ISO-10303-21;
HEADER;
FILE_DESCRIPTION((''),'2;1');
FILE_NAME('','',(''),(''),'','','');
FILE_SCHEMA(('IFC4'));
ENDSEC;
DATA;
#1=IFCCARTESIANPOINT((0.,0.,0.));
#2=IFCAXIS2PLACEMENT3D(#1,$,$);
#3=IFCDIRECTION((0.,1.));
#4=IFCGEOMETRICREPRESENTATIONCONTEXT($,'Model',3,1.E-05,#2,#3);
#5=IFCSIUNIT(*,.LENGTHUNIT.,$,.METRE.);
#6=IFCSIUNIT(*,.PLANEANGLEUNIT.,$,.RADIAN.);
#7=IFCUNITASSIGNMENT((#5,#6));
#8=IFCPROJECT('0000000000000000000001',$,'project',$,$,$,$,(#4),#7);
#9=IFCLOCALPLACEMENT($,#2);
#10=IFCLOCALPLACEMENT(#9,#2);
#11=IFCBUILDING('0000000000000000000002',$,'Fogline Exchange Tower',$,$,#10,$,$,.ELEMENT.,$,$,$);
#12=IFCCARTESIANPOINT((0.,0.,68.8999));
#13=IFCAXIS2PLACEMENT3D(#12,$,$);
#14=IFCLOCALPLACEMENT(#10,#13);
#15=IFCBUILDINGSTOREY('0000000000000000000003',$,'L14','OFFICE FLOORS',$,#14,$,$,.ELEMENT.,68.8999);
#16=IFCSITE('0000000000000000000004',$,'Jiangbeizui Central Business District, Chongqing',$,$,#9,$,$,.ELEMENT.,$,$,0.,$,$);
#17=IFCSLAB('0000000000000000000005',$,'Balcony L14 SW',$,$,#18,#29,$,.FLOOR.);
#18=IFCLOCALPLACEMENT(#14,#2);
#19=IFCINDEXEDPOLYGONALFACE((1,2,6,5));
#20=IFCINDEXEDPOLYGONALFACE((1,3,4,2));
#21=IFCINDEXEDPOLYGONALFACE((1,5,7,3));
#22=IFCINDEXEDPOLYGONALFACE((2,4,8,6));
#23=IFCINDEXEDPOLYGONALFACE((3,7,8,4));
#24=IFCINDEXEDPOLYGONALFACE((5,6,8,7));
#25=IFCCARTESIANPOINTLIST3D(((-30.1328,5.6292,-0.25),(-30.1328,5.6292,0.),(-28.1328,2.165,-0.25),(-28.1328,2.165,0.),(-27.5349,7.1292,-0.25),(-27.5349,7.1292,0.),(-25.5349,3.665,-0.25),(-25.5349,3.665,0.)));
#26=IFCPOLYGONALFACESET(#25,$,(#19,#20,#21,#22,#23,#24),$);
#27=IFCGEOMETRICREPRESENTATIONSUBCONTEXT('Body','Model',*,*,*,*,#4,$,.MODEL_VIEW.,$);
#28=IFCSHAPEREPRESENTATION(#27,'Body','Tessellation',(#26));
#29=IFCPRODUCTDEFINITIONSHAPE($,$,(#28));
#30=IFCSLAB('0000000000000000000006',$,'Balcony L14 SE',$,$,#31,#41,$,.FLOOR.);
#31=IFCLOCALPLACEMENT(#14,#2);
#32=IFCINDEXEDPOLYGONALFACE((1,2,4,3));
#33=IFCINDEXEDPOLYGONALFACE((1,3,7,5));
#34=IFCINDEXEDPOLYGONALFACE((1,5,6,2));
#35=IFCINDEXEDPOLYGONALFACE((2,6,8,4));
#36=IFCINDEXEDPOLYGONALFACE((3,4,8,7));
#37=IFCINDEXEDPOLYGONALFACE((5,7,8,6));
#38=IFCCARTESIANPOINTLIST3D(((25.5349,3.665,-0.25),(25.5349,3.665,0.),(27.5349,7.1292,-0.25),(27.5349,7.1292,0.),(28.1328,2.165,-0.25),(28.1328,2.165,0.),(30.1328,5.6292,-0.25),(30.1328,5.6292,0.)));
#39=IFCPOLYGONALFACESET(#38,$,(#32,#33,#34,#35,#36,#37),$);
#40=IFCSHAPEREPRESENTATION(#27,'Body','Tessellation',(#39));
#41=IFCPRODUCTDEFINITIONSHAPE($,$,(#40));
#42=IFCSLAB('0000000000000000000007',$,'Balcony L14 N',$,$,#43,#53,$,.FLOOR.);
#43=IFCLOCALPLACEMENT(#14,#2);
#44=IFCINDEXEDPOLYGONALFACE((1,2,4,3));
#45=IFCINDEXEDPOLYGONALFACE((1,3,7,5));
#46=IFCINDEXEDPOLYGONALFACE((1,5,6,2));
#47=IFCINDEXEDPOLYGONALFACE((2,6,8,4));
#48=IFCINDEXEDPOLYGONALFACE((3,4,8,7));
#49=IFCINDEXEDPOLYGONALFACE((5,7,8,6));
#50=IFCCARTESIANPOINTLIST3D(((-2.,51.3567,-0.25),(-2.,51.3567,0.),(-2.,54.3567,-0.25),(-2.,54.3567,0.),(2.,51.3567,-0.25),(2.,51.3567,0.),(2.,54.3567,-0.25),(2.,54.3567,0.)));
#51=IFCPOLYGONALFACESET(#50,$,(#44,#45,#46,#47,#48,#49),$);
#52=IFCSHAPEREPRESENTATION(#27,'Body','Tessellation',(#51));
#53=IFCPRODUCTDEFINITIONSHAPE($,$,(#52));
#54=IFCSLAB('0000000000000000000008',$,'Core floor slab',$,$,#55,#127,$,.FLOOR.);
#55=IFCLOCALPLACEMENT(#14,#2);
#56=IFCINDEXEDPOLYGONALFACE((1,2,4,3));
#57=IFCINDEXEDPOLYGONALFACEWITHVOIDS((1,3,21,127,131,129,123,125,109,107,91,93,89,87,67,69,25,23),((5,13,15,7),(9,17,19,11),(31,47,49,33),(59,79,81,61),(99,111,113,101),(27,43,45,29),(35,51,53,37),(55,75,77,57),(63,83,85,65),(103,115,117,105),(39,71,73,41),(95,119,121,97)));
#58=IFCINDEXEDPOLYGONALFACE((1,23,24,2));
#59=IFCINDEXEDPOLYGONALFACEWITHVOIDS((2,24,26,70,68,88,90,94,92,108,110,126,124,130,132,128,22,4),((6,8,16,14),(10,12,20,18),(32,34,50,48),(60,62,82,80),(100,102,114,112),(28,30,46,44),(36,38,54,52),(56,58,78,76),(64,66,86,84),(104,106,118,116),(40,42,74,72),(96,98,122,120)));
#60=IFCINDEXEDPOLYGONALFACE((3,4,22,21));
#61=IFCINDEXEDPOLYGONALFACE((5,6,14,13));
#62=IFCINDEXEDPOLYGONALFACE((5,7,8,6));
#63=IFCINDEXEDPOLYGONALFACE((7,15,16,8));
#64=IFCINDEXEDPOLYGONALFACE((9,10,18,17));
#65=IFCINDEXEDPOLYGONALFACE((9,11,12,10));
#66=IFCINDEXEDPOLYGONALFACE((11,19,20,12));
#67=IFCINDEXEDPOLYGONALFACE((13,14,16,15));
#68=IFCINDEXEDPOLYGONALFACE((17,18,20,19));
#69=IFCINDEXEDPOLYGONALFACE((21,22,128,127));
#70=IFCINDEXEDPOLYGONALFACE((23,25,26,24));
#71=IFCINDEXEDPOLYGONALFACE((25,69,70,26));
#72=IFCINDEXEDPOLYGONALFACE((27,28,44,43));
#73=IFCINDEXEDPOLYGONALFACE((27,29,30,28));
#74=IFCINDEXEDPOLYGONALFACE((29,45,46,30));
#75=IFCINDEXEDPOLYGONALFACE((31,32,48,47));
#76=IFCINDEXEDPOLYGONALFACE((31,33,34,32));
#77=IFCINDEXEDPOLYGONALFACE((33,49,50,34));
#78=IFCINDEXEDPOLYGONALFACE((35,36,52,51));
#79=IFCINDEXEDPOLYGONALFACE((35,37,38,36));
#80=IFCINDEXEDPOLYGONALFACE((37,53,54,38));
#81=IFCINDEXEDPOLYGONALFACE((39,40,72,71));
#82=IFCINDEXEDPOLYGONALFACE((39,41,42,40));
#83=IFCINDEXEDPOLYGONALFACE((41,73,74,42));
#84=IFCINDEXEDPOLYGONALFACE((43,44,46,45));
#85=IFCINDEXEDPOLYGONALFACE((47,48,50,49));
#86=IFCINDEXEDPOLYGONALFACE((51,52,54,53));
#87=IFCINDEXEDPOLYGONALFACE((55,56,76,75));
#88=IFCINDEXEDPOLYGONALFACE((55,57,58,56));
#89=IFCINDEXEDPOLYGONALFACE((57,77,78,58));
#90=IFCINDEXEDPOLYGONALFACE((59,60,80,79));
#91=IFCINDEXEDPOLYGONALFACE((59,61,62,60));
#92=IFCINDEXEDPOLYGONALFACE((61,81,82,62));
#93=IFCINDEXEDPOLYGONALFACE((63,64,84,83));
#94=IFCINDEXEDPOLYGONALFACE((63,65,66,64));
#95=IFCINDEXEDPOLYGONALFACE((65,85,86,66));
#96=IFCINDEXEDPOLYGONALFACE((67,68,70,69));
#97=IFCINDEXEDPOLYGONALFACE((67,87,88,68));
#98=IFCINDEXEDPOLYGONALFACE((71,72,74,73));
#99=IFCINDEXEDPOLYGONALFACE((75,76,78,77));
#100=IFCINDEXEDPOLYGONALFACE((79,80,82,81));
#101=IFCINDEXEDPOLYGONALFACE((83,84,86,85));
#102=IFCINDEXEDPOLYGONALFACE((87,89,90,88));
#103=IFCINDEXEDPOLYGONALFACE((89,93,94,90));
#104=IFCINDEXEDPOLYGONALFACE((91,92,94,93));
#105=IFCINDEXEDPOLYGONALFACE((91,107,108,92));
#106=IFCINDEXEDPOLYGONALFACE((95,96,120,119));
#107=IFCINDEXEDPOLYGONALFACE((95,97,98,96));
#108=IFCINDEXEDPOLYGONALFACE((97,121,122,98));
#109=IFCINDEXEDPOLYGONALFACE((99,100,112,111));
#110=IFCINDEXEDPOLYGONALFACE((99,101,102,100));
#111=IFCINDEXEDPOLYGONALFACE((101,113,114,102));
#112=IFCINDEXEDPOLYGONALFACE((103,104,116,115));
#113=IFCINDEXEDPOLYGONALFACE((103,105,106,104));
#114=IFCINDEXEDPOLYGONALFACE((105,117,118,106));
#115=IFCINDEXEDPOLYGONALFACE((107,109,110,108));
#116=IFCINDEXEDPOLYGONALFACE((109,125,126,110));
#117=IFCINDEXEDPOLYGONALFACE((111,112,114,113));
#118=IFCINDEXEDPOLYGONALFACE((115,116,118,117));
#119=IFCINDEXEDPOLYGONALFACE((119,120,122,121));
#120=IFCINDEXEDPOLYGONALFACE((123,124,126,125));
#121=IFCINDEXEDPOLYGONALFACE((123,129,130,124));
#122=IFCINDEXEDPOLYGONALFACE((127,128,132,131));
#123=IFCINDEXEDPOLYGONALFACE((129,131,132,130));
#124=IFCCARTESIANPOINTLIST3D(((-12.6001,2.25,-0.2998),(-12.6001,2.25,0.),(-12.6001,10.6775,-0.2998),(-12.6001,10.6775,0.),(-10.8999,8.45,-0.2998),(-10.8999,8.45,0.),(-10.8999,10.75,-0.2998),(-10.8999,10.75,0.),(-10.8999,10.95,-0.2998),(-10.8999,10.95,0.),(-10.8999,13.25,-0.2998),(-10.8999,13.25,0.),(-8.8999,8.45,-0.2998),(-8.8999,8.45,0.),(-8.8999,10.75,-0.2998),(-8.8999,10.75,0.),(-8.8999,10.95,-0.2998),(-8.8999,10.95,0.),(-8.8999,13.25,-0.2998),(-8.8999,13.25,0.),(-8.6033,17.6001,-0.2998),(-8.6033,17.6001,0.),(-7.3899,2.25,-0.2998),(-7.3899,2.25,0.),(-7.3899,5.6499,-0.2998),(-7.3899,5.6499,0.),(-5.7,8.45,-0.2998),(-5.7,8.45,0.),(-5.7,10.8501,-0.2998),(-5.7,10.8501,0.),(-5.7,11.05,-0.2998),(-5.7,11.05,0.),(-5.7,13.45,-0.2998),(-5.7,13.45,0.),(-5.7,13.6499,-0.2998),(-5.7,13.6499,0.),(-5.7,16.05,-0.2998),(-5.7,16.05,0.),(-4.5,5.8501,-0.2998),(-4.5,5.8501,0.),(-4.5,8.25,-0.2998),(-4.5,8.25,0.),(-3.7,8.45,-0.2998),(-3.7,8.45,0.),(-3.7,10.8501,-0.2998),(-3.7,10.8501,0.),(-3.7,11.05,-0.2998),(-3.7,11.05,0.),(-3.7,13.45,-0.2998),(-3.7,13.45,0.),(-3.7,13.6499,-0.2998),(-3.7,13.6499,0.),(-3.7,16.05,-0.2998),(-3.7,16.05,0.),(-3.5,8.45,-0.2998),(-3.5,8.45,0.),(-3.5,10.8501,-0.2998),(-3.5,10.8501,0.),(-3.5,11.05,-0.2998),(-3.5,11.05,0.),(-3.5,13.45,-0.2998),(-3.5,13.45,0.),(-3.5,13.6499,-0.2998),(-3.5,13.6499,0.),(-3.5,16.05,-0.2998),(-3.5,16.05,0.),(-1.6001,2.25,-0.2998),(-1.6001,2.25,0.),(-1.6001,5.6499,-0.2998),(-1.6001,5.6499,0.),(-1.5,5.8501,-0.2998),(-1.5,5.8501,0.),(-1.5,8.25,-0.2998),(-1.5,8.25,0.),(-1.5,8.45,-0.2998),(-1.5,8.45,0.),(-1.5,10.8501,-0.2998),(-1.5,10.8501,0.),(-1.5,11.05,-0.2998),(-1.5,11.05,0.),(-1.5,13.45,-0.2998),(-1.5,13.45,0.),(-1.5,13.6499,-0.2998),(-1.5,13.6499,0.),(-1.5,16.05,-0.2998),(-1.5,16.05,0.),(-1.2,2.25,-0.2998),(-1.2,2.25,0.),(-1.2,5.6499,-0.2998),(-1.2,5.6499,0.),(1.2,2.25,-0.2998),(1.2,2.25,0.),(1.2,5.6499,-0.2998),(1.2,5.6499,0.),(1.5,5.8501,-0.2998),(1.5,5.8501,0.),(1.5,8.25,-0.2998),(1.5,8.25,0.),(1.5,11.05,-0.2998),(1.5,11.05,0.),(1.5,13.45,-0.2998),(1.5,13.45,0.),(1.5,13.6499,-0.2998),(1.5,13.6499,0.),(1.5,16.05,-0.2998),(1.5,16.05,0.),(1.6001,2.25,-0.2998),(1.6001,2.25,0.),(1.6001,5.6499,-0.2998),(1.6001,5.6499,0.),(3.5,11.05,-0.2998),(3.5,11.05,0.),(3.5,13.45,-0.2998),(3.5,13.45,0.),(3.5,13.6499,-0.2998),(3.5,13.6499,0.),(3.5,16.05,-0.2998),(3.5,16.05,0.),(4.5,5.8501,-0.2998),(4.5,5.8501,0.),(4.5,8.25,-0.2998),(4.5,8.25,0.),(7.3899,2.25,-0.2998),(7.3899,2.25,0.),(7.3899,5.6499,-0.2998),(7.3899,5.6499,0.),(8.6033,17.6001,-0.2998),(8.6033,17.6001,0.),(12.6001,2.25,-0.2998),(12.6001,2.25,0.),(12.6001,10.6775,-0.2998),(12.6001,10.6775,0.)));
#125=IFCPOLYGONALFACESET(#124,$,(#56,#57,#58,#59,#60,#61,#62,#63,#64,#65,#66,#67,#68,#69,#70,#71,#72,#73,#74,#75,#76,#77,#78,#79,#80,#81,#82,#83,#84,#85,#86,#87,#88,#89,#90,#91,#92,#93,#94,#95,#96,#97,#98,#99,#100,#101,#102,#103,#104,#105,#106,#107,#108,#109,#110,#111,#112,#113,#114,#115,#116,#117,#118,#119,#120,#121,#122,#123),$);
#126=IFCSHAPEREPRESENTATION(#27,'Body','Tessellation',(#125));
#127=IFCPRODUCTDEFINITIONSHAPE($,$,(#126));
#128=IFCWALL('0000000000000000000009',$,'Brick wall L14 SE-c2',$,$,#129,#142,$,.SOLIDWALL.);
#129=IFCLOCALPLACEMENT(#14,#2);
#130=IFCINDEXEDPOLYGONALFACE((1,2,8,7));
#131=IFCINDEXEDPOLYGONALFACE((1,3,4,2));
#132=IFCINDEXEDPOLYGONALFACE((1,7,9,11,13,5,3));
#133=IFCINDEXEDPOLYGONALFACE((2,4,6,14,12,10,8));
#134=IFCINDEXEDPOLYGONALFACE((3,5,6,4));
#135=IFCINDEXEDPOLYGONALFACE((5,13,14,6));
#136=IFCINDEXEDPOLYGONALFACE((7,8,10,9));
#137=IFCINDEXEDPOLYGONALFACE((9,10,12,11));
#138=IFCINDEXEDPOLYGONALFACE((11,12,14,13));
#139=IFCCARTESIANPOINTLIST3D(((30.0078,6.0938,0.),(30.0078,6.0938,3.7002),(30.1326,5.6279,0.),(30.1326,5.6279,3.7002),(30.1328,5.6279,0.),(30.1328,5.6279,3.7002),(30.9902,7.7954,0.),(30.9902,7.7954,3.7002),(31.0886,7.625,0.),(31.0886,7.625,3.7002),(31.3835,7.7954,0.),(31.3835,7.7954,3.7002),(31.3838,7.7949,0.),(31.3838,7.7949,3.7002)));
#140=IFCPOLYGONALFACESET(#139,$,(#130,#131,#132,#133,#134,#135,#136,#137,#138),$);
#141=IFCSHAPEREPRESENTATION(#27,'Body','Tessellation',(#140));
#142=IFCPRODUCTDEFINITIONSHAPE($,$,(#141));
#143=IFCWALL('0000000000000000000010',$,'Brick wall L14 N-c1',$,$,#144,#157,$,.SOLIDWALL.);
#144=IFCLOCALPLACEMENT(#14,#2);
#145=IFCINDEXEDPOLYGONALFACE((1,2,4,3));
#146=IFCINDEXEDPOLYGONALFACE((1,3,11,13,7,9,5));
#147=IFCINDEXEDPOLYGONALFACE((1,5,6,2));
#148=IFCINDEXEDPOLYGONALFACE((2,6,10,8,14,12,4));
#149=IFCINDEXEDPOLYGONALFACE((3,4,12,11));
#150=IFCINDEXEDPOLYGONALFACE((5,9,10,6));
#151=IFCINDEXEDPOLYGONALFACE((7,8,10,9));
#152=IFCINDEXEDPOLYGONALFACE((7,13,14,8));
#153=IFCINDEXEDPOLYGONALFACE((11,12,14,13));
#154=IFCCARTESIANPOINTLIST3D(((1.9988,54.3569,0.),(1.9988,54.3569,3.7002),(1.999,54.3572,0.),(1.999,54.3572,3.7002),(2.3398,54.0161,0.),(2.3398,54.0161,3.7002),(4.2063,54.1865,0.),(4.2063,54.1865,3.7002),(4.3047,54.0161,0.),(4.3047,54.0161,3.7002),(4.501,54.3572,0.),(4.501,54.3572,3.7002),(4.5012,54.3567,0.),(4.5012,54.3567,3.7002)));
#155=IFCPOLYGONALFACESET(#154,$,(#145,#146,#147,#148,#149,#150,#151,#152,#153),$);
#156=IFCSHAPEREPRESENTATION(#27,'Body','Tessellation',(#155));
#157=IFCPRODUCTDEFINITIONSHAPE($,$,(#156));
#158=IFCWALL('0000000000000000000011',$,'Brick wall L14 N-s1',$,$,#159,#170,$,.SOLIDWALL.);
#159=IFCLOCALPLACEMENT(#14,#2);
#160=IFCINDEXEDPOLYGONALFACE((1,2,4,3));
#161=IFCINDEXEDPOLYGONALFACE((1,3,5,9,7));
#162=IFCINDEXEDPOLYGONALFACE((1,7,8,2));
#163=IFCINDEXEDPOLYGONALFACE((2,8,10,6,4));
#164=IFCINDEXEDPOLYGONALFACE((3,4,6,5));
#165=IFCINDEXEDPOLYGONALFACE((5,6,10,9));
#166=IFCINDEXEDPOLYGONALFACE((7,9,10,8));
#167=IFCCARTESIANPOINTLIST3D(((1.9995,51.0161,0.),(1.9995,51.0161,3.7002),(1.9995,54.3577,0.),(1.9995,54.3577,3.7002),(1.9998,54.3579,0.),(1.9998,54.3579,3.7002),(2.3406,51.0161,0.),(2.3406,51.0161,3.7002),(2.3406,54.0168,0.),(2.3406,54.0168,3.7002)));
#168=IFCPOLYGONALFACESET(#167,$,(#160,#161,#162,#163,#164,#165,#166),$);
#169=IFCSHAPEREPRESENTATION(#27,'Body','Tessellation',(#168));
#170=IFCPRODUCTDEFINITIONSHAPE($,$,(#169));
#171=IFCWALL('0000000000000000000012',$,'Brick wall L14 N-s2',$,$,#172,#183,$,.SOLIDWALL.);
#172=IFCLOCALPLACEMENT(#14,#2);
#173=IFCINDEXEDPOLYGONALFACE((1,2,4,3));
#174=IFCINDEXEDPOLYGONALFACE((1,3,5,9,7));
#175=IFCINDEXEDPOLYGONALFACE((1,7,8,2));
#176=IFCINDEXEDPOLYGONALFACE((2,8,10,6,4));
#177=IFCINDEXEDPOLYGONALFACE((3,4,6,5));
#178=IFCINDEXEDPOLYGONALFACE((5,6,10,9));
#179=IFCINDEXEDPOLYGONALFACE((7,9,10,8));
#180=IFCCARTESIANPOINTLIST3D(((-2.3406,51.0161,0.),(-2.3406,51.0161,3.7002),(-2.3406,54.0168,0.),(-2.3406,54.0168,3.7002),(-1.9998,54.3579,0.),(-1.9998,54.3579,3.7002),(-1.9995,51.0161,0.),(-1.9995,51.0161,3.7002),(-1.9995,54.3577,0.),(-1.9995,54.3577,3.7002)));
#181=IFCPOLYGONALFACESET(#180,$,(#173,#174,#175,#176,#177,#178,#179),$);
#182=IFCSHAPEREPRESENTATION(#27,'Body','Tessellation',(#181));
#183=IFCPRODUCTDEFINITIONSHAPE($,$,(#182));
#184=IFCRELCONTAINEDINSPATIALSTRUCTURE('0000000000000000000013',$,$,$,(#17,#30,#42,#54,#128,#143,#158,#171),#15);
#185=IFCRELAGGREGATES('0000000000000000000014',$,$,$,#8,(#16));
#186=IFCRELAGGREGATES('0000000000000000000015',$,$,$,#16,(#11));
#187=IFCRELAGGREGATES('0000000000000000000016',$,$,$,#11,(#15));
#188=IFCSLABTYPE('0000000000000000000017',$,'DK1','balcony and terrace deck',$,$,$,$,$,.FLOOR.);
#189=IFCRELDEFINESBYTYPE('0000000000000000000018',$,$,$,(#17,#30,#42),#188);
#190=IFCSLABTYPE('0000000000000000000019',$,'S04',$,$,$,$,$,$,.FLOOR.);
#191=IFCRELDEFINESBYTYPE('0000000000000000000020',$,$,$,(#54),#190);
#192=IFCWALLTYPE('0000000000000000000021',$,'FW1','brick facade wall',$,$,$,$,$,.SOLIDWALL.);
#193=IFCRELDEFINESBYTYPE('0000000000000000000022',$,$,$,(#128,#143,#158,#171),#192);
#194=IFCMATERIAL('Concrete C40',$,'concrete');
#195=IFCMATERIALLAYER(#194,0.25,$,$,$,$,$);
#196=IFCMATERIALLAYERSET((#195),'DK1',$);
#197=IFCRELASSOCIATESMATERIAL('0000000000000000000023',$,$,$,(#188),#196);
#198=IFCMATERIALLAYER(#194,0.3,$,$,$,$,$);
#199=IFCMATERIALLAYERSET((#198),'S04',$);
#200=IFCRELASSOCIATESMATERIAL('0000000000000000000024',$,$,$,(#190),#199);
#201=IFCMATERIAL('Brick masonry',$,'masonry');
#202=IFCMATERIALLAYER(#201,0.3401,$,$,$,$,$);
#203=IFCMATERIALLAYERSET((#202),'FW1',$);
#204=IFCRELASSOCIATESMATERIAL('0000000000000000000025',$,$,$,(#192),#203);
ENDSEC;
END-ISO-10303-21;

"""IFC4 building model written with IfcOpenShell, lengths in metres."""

from ifc_helpers import new_model, si_unit, direction, frame, origin, place, context, subcontext, project, spatial, polyline, outline, extrude, material, layer, layer_set, type_object, element, save


model = new_model("IFC4")

# Units and contexts
model_context = context("Model", 3, precision=1e-05, world=origin(), true_north=direction((0.0, 1.0)))
body_context = subcontext(model_context, "Body", "Model", "MODEL_VIEW")
ifc_project = project(units=[si_unit("LENGTHUNIT", "METRE"), si_unit("PLANEANGLEUNIT", "RADIAN")], contexts=[model_context])

# Site, building, storey
site_placement = place(None, origin())
site = spatial("IfcSite", under=ifc_project, at=site_placement, Name="Jiangbeizui Central Business District, Chongqing", CompositionType="ELEMENT", RefElevation=0.0)
building_placement = place(site_placement, origin())
building = spatial("IfcBuilding", under=site, at=building_placement, Name="Fogline Exchange Tower", CompositionType="ELEMENT")
storey_placement = place(building_placement, frame((0.0, 0.0, 68.8999)))
storey = spatial("IfcBuildingStorey", under=building, at=storey_placement, Name="L14", Description="OFFICE FLOORS", CompositionType="ELEMENT", Elevation=68.8999)

# Slabs
ifc_material_1 = material(Name="Concrete C40", Category="concrete")
ifc_layer_1 = layer(ifc_material_1, 0.25)
ifc_layer_set_1 = layer_set([ifc_layer_1], Name="DK1")
slab_type_1 = type_object("IfcSlabType", Name="DK1", Description="balcony and terrace deck", PredefinedType="FLOOR", material=ifc_layer_set_1)
slab_1_placement = place(storey_placement, frame((0.0, 0.0, -0.25)))
element("IfcSlab", 1, at=slab_1_placement, inside=storey, type_object=slab_type_1, Name="Balcony L14 SW", PredefinedType="FLOOR", context=body_context, shape_type="SweptSolid", body=[
    extrude(outline(polyline([(-30.1328, 5.6292), (-28.1328, 2.165), (-25.5349, 3.665), (-27.5349, 7.1292), (-30.1328, 5.6292)])), origin(), (0.0, 0.0, 1.0), 0.25),
])
slab_2_placement = place(storey_placement, frame((0.0, 0.0, -0.25)))
element("IfcSlab", 2, at=slab_2_placement, inside=storey, type_object=slab_type_1, Name="Balcony L14 SE", PredefinedType="FLOOR", context=body_context, shape_type="SweptSolid", body=[
    extrude(outline(polyline([(28.1328, 2.165), (30.1328, 5.6292), (27.5349, 7.1292), (25.5349, 3.665), (28.1328, 2.165)])), origin(), (0.0, 0.0, 1.0), 0.25),
])
slab_3_placement = place(storey_placement, frame((0.0, 0.0, -0.25)))
element("IfcSlab", 3, at=slab_3_placement, inside=storey, type_object=slab_type_1, Name="Balcony L14 N", PredefinedType="FLOOR", context=body_context, shape_type="SweptSolid", body=[
    extrude(outline(polyline([(2.0, 54.3567), (-2.0, 54.3567), (-2.0, 51.3567), (2.0, 51.3567), (2.0, 54.3567)])), origin(), (0.0, 0.0, 1.0), 0.25),
])
ifc_layer_2 = layer(ifc_material_1, 0.3)
ifc_layer_set_2 = layer_set([ifc_layer_2], Name="S04")
slab_type_2 = type_object("IfcSlabType", Name="S04", PredefinedType="FLOOR", material=ifc_layer_set_2)
slab_4_placement = place(storey_placement, frame((0.0, 0.0, -0.2998)))
element("IfcSlab", 4, at=slab_4_placement, inside=storey, type_object=slab_type_2, Name="Core floor slab", PredefinedType="FLOOR", context=body_context, shape_type="SweptSolid", body=[
    extrude(outline(polyline([(-12.6001, 2.25), (-12.6001, 10.6775), (-8.6033, 17.6001), (8.6033, 17.6001), (12.6001, 10.6775), (12.6001, 2.25), (7.3899, 2.25), (7.3899, 5.6499), (1.6001, 5.6499), (1.6001, 2.25), (1.2, 2.25), (1.2, 5.6499), (-1.2, 5.6499), (-1.2, 2.25), (-1.6001, 2.25), (-1.6001, 5.6499), (-7.3899, 5.6499), (-7.3899, 2.25), (-12.6001, 2.25)]), holes=[polyline([(-1.5, 8.25), (-4.5, 8.25), (-4.5, 5.8501), (-1.5, 5.8501), (-1.5, 8.25)]), polyline([(-8.8999, 10.75), (-10.8999, 10.75), (-10.8999, 8.45), (-8.8999, 8.45), (-8.8999, 10.75)]), polyline([(-3.7, 10.8501), (-5.7, 10.8501), (-5.7, 8.45), (-3.7, 8.45), (-3.7, 10.8501)]), polyline([(-1.5, 10.8501), (-3.5, 10.8501), (-3.5, 8.45), (-1.5, 8.45), (-1.5, 10.8501)]), polyline([(-8.8999, 13.25), (-10.8999, 13.25), (-10.8999, 10.95), (-8.8999, 10.95), (-8.8999, 13.25)]), polyline([(-3.7, 13.45), (-5.7, 13.45), (-5.7, 11.05), (-3.7, 11.05), (-3.7, 13.45)]), polyline([(-3.7, 16.05), (-5.7, 16.05), (-5.7, 13.6499), (-3.7, 13.6499), (-3.7, 16.05)]), polyline([(4.5, 8.25), (1.5, 8.25), (1.5, 5.8501), (4.5, 5.8501), (4.5, 8.25)]), polyline([(-1.5, 13.45), (-3.5, 13.45), (-3.5, 11.05), (-1.5, 11.05), (-1.5, 13.45)]), polyline([(3.5, 13.45), (1.5, 13.45), (1.5, 11.05), (3.5, 11.05), (3.5, 13.45)]), polyline([(-1.5, 16.05), (-3.5, 16.05), (-3.5, 13.6499), (-1.5, 13.6499), (-1.5, 16.05)]), polyline([(3.5, 16.05), (1.5, 16.05), (1.5, 13.6499), (3.5, 13.6499), (3.5, 16.05)])]), origin(), (0.0, 0.0, 1.0), 0.2998),
])

# Walls
ifc_material_2 = material(Name="Brick masonry", Category="masonry")
ifc_layer_3 = layer(ifc_material_2, 0.3401)
ifc_layer_set_3 = layer_set([ifc_layer_3], Name="FW1")
wall_type_1 = type_object("IfcWallType", Name="FW1", Description="brick facade wall", PredefinedType="SOLIDWALL", material=ifc_layer_set_3)
wall_1_placement = place(storey_placement, origin())
element("IfcWall", 5, at=wall_1_placement, inside=storey, type_object=wall_type_1, Name="Brick wall L14 SE-c2", PredefinedType="SOLIDWALL", context=body_context, shape_type="SweptSolid", body=[
    extrude(outline(polyline([(30.9902, 7.7954), (31.0886, 7.625), (31.3835, 7.7954), (31.3838, 7.7949), (30.1328, 5.6279), (30.1326, 5.6279), (30.0078, 6.0938), (30.9902, 7.7954)])), origin(), (0.0, 0.0, 1.0), 3.7002),
])
wall_2_placement = place(storey_placement, origin())
element("IfcWall", 6, at=wall_2_placement, inside=storey, type_object=wall_type_1, Name="Brick wall L14 N-c1", PredefinedType="SOLIDWALL", context=body_context, shape_type="SweptSolid", body=[
    extrude(outline(polyline([(1.999, 54.3572), (4.501, 54.3572), (4.5012, 54.3567), (4.2063, 54.1865), (4.3047, 54.0161), (2.3398, 54.0161), (1.9988, 54.3569), (1.999, 54.3572)])), origin(), (0.0, 0.0, 1.0), 3.7002),
])
wall_3_placement = place(storey_placement, origin())
element("IfcWall", 7, at=wall_3_placement, inside=storey, type_object=wall_type_1, Name="Brick wall L14 N-s1", PredefinedType="SOLIDWALL", context=body_context, shape_type="SweptSolid", body=[
    extrude(outline(polyline([(2.3406, 51.0161), (1.9995, 51.0161), (1.9995, 54.3577), (1.9998, 54.3579), (2.3406, 54.0168), (2.3406, 51.0161)])), origin(), (0.0, 0.0, 1.0), 3.7002),
])
wall_4_placement = place(storey_placement, origin())
element("IfcWall", 8, at=wall_4_placement, inside=storey, type_object=wall_type_1, Name="Brick wall L14 N-s2", PredefinedType="SOLIDWALL", context=body_context, shape_type="SweptSolid", body=[
    extrude(outline(polyline([(-1.9995, 54.3577), (-1.9995, 51.0161), (-2.3406, 51.0161), (-2.3406, 54.0168), (-1.9998, 54.3579), (-1.9995, 54.3577)])), origin(), (0.0, 0.0, 1.0), 3.7002),
])

save(model, "model.ifc")
